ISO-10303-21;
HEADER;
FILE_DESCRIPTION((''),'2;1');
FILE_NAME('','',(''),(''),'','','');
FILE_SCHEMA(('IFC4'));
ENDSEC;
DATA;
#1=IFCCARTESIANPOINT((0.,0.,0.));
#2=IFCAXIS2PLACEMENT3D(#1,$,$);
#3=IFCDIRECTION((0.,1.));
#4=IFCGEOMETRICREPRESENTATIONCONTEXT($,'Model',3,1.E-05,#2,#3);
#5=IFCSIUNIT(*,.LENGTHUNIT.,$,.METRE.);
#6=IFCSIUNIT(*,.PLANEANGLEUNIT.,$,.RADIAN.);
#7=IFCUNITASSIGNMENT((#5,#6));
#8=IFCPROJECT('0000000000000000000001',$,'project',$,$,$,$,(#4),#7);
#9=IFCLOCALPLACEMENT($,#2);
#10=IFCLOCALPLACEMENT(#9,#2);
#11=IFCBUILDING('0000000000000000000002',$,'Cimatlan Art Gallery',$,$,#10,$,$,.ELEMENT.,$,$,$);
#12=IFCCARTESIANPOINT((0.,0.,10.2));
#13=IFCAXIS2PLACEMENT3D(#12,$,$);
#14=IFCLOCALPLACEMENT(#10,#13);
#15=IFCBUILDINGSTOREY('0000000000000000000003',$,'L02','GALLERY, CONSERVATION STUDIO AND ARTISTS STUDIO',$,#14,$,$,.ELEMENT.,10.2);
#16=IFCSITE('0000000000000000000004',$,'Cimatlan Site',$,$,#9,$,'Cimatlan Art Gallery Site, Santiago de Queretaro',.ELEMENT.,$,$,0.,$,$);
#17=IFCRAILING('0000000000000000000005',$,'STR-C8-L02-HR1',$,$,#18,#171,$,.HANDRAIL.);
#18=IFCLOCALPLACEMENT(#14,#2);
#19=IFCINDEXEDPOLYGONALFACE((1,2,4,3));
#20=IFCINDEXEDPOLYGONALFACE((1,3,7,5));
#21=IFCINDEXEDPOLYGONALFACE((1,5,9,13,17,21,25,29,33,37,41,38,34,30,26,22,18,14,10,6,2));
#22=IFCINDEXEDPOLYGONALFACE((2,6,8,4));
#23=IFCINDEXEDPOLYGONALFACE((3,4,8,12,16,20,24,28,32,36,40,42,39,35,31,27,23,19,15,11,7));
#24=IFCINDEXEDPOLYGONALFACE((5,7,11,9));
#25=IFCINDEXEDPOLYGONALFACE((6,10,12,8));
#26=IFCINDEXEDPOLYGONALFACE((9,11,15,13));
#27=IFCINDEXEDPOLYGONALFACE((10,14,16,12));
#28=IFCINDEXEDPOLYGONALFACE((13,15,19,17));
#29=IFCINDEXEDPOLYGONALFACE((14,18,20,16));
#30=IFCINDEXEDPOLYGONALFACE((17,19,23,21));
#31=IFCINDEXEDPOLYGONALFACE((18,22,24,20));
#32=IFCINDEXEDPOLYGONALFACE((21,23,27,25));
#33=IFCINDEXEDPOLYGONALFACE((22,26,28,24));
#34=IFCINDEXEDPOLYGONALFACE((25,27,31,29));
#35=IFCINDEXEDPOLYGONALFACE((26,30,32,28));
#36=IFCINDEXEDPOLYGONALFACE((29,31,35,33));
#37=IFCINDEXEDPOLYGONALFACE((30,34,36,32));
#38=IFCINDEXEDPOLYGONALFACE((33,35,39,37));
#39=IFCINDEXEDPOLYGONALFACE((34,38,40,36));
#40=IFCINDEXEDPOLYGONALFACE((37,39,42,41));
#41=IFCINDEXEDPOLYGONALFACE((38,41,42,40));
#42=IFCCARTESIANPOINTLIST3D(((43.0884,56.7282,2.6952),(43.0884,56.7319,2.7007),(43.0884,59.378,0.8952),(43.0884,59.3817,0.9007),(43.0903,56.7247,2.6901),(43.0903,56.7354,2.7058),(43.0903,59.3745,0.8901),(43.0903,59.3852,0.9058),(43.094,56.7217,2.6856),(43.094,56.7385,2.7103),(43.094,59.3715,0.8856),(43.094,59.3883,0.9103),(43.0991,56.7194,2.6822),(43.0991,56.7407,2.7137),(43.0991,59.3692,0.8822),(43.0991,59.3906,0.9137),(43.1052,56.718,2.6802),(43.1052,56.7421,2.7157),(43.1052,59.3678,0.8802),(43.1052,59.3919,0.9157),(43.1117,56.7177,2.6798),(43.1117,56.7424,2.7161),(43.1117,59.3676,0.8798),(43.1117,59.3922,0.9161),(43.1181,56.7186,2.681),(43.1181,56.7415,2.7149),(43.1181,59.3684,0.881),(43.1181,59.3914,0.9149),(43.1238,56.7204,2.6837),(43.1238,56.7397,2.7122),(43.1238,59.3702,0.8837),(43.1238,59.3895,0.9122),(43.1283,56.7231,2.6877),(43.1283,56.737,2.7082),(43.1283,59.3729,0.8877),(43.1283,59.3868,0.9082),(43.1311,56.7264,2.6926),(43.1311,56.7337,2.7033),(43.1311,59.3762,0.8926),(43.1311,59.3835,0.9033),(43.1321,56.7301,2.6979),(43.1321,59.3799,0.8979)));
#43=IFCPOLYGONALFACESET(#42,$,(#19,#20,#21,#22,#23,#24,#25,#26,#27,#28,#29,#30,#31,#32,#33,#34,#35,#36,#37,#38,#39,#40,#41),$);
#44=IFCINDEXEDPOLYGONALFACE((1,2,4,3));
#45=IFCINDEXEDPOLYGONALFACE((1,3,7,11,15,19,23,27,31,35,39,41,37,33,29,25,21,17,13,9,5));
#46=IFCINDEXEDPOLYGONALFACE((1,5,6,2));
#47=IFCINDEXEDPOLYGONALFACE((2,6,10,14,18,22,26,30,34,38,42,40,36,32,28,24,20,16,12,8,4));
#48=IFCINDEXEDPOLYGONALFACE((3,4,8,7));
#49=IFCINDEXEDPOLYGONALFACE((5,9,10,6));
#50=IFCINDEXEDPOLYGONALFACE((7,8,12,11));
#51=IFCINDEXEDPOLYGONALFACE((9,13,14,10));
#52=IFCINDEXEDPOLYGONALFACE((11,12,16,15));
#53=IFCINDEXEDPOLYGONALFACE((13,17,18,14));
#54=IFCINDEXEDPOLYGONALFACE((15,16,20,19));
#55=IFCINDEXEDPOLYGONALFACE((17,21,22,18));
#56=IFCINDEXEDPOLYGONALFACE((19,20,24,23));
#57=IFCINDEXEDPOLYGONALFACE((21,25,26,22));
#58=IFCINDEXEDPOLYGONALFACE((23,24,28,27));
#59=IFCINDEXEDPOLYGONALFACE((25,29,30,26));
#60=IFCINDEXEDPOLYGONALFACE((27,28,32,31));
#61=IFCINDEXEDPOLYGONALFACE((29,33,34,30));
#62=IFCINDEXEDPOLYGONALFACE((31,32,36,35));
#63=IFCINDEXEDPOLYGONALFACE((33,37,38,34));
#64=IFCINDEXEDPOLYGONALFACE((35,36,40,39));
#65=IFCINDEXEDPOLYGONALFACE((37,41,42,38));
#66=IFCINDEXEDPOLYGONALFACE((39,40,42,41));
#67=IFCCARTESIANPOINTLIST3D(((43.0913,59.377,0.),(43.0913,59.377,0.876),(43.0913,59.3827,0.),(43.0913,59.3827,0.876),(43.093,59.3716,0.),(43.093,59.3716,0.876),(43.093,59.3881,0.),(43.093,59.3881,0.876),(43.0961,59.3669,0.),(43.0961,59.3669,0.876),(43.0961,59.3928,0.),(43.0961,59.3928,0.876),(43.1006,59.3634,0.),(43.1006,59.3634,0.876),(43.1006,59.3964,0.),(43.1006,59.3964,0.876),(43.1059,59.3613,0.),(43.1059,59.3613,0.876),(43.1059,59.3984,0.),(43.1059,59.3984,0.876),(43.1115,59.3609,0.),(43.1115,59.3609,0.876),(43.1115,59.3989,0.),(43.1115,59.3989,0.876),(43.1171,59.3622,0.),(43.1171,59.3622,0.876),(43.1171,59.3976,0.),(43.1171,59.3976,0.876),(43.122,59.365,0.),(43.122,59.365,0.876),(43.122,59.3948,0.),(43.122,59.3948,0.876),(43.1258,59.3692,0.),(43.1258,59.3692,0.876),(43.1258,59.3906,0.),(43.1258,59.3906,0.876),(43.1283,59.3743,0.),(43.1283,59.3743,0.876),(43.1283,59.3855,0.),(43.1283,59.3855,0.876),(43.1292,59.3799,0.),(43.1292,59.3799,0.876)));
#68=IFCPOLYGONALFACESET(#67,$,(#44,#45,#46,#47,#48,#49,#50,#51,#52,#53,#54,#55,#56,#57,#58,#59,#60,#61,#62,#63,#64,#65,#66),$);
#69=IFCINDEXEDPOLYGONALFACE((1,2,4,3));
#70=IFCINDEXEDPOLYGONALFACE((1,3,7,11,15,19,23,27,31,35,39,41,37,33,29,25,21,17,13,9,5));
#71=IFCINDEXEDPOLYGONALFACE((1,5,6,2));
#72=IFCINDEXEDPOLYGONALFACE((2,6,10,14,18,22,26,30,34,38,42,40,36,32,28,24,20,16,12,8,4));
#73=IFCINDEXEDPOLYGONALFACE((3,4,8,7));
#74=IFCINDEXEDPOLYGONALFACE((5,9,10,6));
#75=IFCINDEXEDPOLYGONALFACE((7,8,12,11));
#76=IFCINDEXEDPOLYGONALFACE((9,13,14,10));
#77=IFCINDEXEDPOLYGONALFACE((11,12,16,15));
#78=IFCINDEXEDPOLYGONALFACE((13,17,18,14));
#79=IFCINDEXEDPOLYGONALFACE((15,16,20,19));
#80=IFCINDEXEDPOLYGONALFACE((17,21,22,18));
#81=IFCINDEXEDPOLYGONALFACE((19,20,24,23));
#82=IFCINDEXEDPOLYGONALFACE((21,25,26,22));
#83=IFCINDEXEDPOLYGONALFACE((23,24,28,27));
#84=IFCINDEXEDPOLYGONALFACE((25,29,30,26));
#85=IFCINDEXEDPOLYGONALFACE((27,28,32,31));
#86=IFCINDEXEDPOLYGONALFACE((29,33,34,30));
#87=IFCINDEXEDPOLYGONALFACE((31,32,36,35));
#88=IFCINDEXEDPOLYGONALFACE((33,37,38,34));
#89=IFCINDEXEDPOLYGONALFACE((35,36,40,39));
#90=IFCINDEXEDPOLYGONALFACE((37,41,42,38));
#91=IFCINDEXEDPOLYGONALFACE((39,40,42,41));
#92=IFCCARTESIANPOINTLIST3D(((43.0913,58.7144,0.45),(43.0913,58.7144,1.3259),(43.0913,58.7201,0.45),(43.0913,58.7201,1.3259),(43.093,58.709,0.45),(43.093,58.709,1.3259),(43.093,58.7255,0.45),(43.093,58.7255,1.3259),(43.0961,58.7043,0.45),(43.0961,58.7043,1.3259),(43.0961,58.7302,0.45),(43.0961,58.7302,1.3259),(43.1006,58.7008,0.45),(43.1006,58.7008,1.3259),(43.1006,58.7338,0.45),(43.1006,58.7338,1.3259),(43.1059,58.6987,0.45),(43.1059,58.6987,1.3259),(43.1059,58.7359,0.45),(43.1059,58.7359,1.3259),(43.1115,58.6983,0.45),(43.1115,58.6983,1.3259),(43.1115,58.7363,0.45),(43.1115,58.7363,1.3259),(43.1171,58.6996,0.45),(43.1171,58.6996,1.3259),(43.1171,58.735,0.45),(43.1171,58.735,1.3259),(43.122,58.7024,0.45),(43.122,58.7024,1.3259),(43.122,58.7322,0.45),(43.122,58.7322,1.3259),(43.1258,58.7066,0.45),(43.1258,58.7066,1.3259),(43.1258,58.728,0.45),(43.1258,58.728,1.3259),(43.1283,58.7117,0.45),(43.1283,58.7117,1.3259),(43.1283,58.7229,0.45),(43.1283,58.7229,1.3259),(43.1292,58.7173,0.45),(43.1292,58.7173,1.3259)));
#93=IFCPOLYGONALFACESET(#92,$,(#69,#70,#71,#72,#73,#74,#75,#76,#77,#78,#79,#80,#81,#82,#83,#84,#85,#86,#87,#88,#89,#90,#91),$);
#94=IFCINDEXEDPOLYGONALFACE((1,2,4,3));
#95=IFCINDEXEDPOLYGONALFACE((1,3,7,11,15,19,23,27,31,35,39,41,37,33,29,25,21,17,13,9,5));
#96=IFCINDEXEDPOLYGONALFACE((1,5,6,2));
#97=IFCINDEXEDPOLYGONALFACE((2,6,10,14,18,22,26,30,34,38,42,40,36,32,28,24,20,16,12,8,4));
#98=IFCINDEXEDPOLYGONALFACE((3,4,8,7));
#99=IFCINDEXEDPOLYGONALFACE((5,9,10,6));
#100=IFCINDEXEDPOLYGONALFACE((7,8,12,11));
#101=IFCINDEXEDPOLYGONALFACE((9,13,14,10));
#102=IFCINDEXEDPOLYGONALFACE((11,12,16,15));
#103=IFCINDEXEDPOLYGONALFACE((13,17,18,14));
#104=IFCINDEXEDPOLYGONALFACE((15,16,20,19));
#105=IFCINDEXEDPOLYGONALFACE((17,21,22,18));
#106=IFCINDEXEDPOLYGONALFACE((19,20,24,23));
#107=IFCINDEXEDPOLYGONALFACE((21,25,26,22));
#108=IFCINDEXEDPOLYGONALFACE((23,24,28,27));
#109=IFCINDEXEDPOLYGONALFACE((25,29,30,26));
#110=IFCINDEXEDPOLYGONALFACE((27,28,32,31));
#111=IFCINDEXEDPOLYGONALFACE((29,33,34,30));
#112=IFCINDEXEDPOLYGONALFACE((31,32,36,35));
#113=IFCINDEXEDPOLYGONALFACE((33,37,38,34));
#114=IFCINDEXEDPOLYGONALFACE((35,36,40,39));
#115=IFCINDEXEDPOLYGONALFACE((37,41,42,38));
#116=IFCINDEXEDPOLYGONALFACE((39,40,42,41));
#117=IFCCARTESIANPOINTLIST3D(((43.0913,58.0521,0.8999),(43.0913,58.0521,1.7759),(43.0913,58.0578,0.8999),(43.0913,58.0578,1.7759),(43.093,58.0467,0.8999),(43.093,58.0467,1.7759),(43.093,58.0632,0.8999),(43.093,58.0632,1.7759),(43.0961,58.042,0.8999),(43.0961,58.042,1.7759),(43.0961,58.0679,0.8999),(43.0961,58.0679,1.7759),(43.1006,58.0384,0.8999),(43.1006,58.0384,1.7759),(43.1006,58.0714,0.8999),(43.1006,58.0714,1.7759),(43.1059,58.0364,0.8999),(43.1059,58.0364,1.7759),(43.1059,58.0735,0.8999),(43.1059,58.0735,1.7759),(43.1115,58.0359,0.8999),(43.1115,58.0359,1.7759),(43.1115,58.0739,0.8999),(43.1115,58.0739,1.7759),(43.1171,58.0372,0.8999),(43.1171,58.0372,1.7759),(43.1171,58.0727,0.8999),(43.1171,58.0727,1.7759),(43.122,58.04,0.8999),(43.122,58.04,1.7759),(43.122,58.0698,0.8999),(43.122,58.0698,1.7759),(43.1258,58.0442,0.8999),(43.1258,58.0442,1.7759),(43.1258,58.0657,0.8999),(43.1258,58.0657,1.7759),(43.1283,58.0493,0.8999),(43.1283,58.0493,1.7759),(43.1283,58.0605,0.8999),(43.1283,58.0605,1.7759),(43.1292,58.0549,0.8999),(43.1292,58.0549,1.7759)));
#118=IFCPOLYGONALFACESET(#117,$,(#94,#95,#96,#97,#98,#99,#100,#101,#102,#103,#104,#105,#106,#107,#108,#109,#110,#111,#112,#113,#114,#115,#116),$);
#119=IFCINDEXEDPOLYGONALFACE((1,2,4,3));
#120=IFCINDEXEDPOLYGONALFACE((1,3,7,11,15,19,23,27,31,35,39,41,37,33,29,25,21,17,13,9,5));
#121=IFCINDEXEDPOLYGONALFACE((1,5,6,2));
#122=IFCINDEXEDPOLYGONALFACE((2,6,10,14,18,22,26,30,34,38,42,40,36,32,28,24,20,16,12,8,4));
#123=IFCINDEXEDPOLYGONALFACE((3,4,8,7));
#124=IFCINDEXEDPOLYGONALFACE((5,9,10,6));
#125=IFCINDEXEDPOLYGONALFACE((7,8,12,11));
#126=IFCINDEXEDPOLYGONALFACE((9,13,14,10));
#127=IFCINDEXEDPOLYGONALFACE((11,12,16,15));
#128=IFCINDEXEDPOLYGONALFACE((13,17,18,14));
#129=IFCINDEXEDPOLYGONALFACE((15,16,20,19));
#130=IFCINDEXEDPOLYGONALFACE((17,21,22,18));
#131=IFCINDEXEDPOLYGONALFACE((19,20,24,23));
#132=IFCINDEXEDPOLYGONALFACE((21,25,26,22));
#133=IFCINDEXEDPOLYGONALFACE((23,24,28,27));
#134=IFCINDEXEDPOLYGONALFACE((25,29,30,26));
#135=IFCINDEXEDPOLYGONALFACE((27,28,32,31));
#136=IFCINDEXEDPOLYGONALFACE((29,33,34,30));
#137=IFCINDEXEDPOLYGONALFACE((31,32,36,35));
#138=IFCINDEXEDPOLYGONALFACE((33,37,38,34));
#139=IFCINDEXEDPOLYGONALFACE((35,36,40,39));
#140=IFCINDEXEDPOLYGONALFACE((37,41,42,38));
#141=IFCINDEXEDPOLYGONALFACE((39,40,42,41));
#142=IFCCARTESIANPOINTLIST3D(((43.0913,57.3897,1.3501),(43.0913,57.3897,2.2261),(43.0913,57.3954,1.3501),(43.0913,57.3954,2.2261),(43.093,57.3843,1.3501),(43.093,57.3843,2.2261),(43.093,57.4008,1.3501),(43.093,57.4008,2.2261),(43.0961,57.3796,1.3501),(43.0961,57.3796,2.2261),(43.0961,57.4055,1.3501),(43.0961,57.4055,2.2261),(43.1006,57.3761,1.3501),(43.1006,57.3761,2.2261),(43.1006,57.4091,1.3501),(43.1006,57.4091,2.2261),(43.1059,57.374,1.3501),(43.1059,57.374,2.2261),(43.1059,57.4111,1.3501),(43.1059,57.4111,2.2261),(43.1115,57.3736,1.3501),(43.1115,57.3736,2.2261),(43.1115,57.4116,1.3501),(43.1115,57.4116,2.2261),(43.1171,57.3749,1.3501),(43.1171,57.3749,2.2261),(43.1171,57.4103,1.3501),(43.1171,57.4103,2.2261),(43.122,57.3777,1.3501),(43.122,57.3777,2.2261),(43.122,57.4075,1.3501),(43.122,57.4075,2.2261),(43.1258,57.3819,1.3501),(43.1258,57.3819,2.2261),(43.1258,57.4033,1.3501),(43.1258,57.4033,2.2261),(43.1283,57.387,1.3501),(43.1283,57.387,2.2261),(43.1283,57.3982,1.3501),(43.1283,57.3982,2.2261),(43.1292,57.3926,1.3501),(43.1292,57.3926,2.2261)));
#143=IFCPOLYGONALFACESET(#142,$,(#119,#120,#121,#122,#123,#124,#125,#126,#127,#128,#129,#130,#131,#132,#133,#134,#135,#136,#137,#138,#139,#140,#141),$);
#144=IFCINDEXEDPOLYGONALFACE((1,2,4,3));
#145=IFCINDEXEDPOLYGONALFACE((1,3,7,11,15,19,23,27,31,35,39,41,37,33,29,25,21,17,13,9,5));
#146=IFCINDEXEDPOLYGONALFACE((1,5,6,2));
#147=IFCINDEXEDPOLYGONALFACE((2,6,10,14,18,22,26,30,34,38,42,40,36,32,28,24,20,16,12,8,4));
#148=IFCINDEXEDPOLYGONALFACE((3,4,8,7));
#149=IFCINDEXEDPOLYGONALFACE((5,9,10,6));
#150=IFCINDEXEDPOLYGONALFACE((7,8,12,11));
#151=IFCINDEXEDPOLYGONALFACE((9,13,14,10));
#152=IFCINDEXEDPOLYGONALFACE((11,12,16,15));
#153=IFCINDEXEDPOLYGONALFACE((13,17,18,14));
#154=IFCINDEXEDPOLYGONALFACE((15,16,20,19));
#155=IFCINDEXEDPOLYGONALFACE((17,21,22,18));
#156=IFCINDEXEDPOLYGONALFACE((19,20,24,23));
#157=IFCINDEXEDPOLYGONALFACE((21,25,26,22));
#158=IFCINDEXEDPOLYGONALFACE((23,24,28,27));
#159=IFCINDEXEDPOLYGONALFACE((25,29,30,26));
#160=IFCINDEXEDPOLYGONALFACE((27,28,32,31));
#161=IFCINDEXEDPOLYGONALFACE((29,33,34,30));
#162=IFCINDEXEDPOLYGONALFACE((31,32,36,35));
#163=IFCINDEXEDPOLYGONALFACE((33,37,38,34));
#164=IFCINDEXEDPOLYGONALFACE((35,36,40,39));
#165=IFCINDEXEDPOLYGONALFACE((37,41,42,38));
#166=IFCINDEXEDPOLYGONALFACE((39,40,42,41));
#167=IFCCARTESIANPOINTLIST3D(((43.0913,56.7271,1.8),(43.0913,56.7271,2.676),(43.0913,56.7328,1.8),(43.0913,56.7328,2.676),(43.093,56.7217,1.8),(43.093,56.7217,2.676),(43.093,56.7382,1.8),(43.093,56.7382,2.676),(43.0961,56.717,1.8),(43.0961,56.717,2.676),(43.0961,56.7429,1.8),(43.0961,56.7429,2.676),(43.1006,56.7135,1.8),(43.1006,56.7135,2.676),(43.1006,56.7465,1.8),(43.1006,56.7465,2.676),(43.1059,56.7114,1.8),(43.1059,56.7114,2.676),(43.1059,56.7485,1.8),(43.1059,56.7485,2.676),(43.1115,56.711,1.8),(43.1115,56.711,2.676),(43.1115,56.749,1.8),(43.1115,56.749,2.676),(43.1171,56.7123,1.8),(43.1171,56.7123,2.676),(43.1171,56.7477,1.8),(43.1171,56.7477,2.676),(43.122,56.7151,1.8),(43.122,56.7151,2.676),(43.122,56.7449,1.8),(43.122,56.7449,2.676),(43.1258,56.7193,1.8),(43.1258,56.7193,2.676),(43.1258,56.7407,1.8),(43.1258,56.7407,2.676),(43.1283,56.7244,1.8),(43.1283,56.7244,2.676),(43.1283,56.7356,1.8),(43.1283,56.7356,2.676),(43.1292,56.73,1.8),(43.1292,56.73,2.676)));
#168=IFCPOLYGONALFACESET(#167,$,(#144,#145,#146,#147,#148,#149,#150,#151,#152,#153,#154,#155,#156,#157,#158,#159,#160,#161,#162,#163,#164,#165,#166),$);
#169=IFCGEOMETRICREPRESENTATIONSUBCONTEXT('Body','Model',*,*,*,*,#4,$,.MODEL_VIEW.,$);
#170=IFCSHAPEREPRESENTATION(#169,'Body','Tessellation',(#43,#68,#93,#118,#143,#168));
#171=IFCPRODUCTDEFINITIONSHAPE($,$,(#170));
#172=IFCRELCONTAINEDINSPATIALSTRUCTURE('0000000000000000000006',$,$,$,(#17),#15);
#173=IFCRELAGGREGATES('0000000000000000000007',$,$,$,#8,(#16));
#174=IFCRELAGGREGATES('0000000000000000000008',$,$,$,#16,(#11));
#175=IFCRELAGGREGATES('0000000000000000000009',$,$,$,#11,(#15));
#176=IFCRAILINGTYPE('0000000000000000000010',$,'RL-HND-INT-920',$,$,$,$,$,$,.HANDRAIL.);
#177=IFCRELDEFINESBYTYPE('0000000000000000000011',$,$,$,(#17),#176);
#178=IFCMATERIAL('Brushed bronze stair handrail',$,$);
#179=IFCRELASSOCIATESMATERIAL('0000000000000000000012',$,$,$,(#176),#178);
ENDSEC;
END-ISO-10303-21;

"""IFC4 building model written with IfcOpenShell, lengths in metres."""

from ifc_helpers import new_model, si_unit, direction, frame, origin, origin_2d, place, context, subcontext, project, spatial, circle, extrude, material, type_object, element, save


model = new_model("IFC4")

# Units and contexts
model_context = context("Model", 3, precision=1e-05, world=origin(), true_north=direction((0.0, 1.0)))
body_context = subcontext(model_context, "Body", "Model", "MODEL_VIEW")
ifc_project = project(units=[si_unit("LENGTHUNIT", "METRE"), si_unit("PLANEANGLEUNIT", "RADIAN")], contexts=[model_context])

# Site, building, storey
site_placement = place(None, origin())
site = spatial("IfcSite", under=ifc_project, at=site_placement, Name="Cimatlan Site", LongName="Cimatlan Art Gallery Site, Santiago de Queretaro", CompositionType="ELEMENT", RefElevation=0.0)
building_placement = place(site_placement, origin())
building = spatial("IfcBuilding", under=site, at=building_placement, Name="Cimatlan Art Gallery", CompositionType="ELEMENT")
storey_placement = place(building_placement, frame((0.0, 0.0, 10.2)))
storey = spatial("IfcBuildingStorey", under=building, at=storey_placement, Name="L02", Description="GALLERY, CONSERVATION STUDIO AND ARTISTS STUDIO", CompositionType="ELEMENT", Elevation=10.2)

# Railing
ifc_material_1 = material(Name="Brushed bronze stair handrail")
railing_type_1 = type_object("IfcRailingType", Name="RL-HND-INT-920", PredefinedType="HANDRAIL", material=ifc_material_1)
railing_1_placement = place(storey_placement, frame((43.1101, 59.3799, 0.0)))
element("IfcRailing", 1, at=railing_1_placement, inside=storey, type_object=railing_type_1, Name="STR-C8-L02-HR1", PredefinedType="HANDRAIL", context=body_context, shape_type="SweptSolid", body=[
    extrude(circle(Radius=0.022, at=origin_2d()), frame((0.0, 0.0, 0.8979), z_axis=(0.0, -0.8272, 0.561908), x_axis=(1.0, 0.0, 0.0)), (0.0, 0.0, 1.0), 3.2034),
    extrude(circle(Radius=0.019, at=origin_2d()), origin(), (0.0, 0.0, 1.0), 0.876),
    extrude(circle(Radius=0.019, at=origin_2d()), frame((0.0, -0.6626, 0.45)), (0.0, 0.0, 1.0), 0.876),
    extrude(circle(Radius=0.019, at=origin_2d()), frame((0.0, -1.325, 0.8999)), (0.0, 0.0, 1.0), 0.876),
    extrude(circle(Radius=0.019, at=origin_2d()), frame((0.0, -1.9873, 1.3501)), (0.0, 0.0, 1.0), 0.876),
    extrude(circle(Radius=0.019, at=origin_2d()), frame((0.0, -2.6499, 1.8)), (0.0, 0.0, 1.0), 0.876),
])

save(model, "model.ifc")
